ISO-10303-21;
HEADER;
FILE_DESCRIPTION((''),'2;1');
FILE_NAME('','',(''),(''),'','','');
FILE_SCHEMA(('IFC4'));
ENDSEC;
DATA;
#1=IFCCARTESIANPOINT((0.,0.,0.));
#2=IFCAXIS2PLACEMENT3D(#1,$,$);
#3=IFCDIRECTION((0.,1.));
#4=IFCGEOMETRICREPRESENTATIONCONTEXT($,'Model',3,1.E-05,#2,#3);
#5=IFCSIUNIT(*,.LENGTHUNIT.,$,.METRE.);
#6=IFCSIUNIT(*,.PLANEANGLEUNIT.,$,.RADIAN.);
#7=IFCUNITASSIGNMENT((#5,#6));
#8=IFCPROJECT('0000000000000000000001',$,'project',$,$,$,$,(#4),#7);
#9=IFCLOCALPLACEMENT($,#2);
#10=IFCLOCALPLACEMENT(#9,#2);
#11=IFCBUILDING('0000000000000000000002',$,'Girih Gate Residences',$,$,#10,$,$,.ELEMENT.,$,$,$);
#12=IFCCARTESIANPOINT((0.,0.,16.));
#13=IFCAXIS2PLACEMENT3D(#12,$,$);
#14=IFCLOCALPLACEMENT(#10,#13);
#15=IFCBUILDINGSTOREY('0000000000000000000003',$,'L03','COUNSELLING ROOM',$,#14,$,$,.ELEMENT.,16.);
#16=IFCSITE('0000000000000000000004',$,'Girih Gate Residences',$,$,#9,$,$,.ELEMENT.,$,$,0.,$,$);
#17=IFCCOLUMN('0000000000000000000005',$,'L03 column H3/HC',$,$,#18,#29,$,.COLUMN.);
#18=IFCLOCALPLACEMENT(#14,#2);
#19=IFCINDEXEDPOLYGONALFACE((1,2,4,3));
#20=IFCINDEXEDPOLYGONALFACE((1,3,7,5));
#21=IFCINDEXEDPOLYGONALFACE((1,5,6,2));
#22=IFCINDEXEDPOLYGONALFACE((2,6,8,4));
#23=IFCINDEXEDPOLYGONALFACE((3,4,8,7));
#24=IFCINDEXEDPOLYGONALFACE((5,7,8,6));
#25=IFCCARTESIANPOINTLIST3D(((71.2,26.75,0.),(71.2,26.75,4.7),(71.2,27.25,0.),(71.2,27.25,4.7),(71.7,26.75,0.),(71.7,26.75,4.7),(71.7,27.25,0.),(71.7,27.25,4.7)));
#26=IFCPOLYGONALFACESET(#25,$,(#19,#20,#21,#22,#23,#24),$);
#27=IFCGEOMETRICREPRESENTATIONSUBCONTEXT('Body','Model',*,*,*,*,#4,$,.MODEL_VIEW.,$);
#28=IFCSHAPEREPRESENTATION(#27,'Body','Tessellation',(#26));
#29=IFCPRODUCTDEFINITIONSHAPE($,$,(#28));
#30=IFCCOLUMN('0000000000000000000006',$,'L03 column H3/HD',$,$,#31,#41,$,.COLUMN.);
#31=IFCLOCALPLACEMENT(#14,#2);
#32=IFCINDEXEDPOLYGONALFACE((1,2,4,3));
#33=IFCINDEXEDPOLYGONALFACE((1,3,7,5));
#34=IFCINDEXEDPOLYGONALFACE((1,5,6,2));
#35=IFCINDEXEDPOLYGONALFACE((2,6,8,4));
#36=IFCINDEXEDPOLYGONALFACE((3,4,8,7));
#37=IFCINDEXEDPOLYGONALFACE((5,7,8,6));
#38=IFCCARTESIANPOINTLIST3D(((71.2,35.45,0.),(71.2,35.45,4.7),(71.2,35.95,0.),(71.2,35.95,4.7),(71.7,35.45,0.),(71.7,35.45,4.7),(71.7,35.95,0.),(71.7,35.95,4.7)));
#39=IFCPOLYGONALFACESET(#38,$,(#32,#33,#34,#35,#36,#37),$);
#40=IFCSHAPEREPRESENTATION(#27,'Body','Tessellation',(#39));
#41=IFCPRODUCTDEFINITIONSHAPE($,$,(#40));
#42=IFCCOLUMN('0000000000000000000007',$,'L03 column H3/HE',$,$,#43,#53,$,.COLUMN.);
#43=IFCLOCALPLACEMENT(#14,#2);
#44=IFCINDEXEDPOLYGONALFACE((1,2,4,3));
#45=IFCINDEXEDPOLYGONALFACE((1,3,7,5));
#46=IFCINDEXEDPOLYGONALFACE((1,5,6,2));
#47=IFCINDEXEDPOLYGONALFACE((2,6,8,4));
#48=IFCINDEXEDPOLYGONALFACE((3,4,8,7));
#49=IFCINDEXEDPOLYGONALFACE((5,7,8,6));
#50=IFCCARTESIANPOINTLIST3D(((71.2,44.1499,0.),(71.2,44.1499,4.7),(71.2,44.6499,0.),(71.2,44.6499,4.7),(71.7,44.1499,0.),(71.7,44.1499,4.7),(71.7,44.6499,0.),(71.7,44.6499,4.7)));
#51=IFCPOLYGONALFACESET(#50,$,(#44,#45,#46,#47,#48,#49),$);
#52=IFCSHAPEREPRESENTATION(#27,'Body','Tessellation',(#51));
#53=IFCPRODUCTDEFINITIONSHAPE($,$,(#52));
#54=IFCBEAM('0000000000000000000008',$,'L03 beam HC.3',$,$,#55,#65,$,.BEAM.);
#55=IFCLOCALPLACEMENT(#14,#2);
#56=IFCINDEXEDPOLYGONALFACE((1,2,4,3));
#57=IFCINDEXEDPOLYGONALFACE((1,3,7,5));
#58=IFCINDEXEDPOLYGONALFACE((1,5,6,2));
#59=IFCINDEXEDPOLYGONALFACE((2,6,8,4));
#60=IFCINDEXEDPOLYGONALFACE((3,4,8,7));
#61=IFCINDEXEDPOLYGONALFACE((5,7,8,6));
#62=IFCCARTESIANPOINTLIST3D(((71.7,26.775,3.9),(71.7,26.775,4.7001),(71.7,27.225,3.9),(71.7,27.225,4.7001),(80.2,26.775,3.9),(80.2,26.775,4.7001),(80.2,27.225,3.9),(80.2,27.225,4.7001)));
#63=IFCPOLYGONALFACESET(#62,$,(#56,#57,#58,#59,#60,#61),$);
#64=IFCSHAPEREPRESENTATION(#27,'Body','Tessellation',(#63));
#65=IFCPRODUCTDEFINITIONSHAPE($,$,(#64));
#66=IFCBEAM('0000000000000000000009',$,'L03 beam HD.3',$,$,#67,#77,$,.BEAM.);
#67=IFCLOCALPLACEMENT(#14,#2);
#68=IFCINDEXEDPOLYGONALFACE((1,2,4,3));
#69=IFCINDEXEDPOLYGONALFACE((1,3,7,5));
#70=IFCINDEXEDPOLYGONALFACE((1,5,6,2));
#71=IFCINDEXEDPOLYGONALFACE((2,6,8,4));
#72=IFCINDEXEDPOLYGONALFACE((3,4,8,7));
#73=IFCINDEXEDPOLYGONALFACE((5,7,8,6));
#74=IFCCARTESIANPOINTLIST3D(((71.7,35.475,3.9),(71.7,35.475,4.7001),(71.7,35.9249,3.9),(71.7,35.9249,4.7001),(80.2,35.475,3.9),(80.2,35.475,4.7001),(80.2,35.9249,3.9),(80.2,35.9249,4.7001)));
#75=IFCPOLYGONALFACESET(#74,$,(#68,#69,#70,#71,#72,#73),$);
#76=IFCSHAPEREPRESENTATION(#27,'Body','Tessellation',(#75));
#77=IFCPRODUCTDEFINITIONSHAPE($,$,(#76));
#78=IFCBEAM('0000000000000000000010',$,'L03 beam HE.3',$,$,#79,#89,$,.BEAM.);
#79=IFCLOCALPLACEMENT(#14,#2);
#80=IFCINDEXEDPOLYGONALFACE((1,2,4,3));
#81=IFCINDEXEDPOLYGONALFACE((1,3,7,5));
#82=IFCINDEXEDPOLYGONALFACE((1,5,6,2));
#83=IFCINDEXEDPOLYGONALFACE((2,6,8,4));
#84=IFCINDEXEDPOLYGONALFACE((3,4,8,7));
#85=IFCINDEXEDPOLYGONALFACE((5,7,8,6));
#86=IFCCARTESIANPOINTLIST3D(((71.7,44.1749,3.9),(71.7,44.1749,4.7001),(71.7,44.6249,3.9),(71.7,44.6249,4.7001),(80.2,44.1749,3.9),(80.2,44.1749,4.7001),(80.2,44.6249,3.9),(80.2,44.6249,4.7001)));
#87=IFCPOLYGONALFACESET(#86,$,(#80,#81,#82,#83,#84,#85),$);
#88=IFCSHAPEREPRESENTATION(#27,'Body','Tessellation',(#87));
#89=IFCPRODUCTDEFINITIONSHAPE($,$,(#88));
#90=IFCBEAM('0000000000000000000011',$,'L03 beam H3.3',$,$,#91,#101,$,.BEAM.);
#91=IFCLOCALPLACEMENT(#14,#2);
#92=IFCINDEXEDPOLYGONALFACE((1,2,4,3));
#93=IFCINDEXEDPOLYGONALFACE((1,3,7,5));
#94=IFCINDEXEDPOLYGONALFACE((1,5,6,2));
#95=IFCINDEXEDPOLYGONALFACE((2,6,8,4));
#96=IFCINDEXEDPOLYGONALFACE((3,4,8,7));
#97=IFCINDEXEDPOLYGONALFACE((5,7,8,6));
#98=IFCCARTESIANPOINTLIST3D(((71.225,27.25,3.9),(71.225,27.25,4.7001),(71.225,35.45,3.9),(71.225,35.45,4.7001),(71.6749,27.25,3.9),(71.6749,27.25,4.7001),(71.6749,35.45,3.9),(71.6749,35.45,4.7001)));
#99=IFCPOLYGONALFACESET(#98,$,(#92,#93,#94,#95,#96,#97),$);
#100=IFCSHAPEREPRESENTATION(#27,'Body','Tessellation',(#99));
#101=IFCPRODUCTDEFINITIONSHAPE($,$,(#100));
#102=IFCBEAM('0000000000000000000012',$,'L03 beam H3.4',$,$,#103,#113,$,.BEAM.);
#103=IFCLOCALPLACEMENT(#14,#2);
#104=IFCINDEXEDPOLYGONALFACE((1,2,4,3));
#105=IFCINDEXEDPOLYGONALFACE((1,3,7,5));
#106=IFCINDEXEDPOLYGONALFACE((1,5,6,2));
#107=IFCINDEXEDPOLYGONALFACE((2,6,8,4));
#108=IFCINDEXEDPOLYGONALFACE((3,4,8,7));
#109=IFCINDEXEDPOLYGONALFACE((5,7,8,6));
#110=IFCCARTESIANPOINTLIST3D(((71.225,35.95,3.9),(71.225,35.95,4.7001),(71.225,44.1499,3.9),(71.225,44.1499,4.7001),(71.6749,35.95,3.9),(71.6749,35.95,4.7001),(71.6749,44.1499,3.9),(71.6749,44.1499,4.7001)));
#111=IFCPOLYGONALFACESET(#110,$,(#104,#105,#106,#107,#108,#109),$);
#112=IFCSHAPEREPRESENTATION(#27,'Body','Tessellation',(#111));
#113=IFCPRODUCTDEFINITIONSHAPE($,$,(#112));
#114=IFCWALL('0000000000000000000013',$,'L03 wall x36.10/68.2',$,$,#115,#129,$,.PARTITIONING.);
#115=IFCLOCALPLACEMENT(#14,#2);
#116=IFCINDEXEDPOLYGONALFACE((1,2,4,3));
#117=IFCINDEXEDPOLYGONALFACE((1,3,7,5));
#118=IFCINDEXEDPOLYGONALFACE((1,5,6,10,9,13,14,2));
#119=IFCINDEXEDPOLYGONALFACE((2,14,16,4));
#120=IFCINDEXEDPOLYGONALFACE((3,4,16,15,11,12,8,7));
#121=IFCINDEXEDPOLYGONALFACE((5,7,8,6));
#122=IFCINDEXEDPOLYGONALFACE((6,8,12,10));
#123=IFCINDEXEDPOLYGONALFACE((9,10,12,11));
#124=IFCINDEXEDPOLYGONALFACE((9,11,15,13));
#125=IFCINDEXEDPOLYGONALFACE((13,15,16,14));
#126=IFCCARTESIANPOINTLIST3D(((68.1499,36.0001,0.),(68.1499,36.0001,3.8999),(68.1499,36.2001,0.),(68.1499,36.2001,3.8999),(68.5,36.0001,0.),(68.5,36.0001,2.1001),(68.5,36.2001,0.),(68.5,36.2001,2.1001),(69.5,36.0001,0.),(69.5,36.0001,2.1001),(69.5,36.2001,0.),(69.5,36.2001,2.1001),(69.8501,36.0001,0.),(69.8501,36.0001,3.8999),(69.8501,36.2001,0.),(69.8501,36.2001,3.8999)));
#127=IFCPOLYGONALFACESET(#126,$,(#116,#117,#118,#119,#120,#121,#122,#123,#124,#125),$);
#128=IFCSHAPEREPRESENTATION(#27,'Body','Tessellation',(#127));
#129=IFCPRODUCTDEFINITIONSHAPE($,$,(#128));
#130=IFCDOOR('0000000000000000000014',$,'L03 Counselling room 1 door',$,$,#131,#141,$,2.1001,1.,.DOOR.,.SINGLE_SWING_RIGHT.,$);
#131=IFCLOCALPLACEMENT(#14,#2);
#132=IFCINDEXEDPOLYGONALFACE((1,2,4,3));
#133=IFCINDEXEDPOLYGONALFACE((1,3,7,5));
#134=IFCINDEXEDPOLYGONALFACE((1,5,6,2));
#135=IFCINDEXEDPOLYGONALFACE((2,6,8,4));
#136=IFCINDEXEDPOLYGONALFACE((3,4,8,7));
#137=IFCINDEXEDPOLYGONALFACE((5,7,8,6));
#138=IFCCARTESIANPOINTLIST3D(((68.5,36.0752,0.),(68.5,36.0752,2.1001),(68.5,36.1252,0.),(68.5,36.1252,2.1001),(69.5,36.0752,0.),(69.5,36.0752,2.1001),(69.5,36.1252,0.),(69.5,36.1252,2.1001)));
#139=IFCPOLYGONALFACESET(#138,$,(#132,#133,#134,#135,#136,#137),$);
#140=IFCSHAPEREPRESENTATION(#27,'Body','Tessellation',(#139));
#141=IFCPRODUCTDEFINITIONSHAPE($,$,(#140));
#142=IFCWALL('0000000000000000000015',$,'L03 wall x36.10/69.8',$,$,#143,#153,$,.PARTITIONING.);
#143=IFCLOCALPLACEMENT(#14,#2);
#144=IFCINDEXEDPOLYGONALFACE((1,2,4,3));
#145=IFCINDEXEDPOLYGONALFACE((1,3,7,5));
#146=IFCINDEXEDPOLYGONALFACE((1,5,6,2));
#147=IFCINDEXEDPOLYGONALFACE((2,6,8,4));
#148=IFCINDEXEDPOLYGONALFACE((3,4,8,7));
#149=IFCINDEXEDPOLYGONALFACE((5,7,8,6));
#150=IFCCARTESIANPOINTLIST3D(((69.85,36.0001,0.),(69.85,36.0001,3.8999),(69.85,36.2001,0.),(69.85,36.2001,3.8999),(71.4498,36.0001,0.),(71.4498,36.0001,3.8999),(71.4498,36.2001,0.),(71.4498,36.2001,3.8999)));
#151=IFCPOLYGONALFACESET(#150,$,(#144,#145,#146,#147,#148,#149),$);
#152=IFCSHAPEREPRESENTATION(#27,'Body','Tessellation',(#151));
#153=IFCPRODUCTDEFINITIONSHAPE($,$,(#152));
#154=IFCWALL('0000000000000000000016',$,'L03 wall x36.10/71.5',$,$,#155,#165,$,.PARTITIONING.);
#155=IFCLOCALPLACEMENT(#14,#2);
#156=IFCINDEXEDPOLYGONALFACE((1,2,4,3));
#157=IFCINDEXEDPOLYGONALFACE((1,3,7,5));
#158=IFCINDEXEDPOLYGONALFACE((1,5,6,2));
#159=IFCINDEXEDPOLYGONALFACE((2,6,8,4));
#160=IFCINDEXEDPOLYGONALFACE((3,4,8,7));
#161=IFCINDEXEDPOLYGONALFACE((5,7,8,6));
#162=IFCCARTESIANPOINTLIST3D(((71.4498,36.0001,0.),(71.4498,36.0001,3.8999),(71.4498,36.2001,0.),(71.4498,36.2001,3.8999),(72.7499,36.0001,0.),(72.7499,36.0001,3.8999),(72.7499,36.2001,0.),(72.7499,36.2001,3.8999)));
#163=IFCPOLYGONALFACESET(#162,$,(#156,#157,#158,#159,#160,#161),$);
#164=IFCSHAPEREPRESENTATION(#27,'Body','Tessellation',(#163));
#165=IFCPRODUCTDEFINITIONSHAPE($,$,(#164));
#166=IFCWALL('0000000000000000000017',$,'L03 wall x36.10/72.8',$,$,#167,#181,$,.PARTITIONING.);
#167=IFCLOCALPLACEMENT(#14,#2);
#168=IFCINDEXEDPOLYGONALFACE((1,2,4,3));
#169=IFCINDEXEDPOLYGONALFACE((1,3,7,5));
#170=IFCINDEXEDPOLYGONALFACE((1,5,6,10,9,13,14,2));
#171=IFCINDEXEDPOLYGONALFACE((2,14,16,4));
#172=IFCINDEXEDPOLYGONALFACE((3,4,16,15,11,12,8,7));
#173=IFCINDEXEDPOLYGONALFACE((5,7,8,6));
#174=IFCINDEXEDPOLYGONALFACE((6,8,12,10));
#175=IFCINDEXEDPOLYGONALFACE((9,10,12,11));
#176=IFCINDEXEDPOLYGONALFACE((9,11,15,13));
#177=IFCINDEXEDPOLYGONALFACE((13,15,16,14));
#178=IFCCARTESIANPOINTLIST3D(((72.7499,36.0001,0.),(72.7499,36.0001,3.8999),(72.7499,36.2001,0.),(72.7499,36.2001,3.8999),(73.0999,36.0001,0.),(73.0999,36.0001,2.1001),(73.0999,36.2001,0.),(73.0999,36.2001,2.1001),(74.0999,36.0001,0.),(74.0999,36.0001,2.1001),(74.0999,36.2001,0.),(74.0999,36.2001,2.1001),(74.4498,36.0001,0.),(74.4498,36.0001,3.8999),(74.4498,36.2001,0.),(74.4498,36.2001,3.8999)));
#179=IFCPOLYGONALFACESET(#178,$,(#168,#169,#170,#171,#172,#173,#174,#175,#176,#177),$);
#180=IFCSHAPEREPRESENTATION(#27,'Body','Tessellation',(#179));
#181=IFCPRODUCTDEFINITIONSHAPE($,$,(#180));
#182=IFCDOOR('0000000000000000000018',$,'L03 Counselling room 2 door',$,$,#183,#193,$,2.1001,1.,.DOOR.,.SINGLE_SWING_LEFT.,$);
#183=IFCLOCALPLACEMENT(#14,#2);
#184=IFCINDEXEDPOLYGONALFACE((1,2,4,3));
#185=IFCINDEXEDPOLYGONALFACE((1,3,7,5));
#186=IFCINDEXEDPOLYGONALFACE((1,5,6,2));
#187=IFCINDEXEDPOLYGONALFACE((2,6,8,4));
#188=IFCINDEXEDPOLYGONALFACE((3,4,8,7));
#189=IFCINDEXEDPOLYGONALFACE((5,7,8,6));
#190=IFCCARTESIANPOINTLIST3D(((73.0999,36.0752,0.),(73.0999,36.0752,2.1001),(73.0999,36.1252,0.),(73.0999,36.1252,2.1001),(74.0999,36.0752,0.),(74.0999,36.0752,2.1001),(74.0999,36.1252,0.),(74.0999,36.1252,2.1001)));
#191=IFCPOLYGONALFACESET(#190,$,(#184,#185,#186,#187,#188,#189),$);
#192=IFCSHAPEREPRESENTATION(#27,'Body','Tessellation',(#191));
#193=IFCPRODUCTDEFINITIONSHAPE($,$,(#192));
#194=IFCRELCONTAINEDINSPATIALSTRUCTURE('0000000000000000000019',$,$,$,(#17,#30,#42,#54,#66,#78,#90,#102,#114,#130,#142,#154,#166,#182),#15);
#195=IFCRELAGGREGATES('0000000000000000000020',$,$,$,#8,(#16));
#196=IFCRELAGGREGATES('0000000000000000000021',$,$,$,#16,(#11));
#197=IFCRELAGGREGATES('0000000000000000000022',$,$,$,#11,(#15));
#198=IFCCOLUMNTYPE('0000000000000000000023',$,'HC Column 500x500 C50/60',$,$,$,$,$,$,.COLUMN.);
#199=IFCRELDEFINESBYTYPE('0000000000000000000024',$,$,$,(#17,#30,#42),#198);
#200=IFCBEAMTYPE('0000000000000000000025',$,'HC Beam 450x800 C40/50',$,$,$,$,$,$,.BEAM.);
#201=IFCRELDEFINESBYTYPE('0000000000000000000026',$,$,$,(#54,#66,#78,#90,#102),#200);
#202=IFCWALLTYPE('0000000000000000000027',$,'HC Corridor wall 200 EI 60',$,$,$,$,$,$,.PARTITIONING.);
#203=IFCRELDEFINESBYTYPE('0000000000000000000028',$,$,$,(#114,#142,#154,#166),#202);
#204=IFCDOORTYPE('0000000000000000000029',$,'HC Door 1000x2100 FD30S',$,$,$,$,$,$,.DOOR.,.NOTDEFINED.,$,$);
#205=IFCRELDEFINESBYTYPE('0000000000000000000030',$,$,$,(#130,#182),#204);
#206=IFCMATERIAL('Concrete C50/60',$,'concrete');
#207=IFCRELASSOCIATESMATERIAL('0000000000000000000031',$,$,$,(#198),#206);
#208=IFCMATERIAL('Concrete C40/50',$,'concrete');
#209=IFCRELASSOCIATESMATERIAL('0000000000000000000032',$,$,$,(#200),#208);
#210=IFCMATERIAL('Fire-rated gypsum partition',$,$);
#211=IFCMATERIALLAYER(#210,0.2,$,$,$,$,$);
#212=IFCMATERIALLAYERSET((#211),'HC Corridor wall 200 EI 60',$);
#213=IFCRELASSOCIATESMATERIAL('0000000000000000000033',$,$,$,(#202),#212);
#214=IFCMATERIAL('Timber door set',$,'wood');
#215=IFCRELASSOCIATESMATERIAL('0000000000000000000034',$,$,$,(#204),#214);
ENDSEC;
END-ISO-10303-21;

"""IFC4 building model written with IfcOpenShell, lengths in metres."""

from ifc_helpers import new_model, si_unit, direction, frame, frame_2d, origin, origin_2d, place, context, subcontext, project, spatial, rectangle, extrude, material, layer, layer_set, material_profile, profile_set, type_object, element, fill, save


model = new_model("IFC4")

# Units and contexts
model_context = context("Model", 3, precision=1e-05, world=origin(), true_north=direction((0.0, 1.0)))
body_context = subcontext(model_context, "Body", "Model", "MODEL_VIEW")
ifc_project = project(units=[si_unit("LENGTHUNIT", "METRE"), si_unit("PLANEANGLEUNIT", "RADIAN")], contexts=[model_context])

# Site, building, storey
site_placement = place(None, origin())
site = spatial("IfcSite", under=ifc_project, at=site_placement, Name="Girih Gate Residences", CompositionType="ELEMENT", RefElevation=0.0)
building_placement = place(site_placement, origin())
building = spatial("IfcBuilding", under=site, at=building_placement, Name="Girih Gate Residences", CompositionType="ELEMENT")
storey_placement = place(building_placement, frame((0.0, 0.0, 16.0)))
storey = spatial("IfcBuildingStorey", under=building, at=storey_placement, Name="L03", Description="COUNSELLING ROOM", CompositionType="ELEMENT", Elevation=16.0)

# Columns
ifc_material_1 = material(Name="Concrete C50/60", Category="concrete")
ifc_material_profile_1 = material_profile(ifc_material_1, rectangle(XDim=0.5, YDim=0.5, at=origin_2d()))
ifc_profile_set_1 = profile_set([ifc_material_profile_1], Name="Concrete C50/60")
column_type = type_object("IfcColumnType", Name="HC Column 500x500 C50/60", PredefinedType="COLUMN", material=ifc_profile_set_1)
for number, where, z_axis, x_axis, name in (
    (1, (71.45, 27.0, 0.0), (0.0, 0.0, 1.0), (1.0, 0.0, 0.0), "L03 column H3/HC"),
    (2, (71.45, 35.7, 0.0), (0.0, 0.0, 1.0), (1.0, 0.0, 0.0), "L03 column H3/HD"),
    (3, (71.45, 44.3999, 0.0), (0.0, 0.0, 1.0), (1.0, 0.0, 0.0), "L03 column H3/HE"),
):
    element("IfcColumn", number, at=place(storey_placement, frame(where, z_axis=z_axis, x_axis=x_axis)), inside=storey, type_object=column_type, Name=name, PredefinedType="COLUMN", context=body_context, shape_type="SweptSolid", body=[
        extrude(rectangle(XDim=0.5, YDim=0.5, at=origin_2d()), origin(), (0.0, 0.0, 1.0), 4.7),
    ])

# Beams
ifc_material_2 = material(Name="Concrete C40/50", Category="concrete")
ifc_material_profile_2 = material_profile(ifc_material_2, rectangle(XDim=0.45, YDim=0.8, at=origin_2d()))
ifc_profile_set_2 = profile_set([ifc_material_profile_2], Name="Concrete C40/50")
beam_type = type_object("IfcBeamType", Name="HC Beam 450x800 C40/50", PredefinedType="BEAM", material=ifc_profile_set_2)
for number, where, z_axis, x_axis, name in (
    (4, (71.7, 27.0, 4.3), (1.0, 0.0, 0.0), (0.0, 1.0, 0.0), "L03 beam HC.3"),
    (5, (71.7, 35.7, 4.3), (1.0, 0.0, 0.0), (0.0, 1.0, 0.0), "L03 beam HD.3"),
    (6, (71.7, 44.3999, 4.3), (1.0, 0.0, 0.0), (0.0, 1.0, 0.0), "L03 beam HE.3"),
):
    element("IfcBeam", number, at=place(storey_placement, frame(where, z_axis=z_axis, x_axis=x_axis)), inside=storey, type_object=beam_type, Name=name, PredefinedType="BEAM", context=body_context, shape_type="SweptSolid", body=[
        extrude(rectangle(XDim=0.45, YDim=0.8, at=origin_2d()), origin(), (0.0, 0.0, 1.0), 8.5),
    ])
for number, where, z_axis, x_axis, name in (
    (7, (71.45, 27.25, 4.3), (0.0, 1.0, 0.0), (-1.0, 0.0, 0.0), "L03 beam H3.3"),
    (8, (71.45, 35.95, 4.3), (0.0, 1.0, 0.0), (-1.0, 0.0, 0.0), "L03 beam H3.4"),
):
    element("IfcBeam", number, at=place(storey_placement, frame(where, z_axis=z_axis, x_axis=x_axis)), inside=storey, type_object=beam_type, Name=name, PredefinedType="BEAM", context=body_context, shape_type="SweptSolid", body=[
        extrude(rectangle(XDim=0.45, YDim=0.8, at=origin_2d()), origin(), (0.0, 0.0, 1.0), 8.2),
    ])

# Wall, opening, door
ifc_material_3 = material(Name="Fire-rated gypsum partition")
ifc_layer_1 = layer(ifc_material_3, 0.2)
ifc_layer_set_1 = layer_set([ifc_layer_1], Name="HC Corridor wall 200 EI 60")
wall_type_1 = type_object("IfcWallType", Name="HC Corridor wall 200 EI 60", PredefinedType="PARTITIONING", material=ifc_layer_set_1)
wall_1_placement = place(storey_placement, frame((69.8501, 36.1001, 0.0), z_axis=(0.0, 0.0, 1.0), x_axis=(-1.0, 0.0, 0.0)))
wall_1 = element("IfcWall", 9, at=wall_1_placement, inside=storey, type_object=wall_type_1, Name="L03 wall x36.10/68.2", PredefinedType="PARTITIONING", context=body_context, shape_type="SweptSolid", body=[
    extrude(rectangle(XDim=1.7002, YDim=0.2, at=frame_2d((0.8501, 0.0))), origin(), (0.0, 0.0, 1.0), 3.8999),
])
opening_1_placement = place(wall_1_placement, frame((0.3501, 0.0, 0.0)))
opening_1 = element("IfcOpeningElement", 10, at=opening_1_placement, cuts=wall_1, PredefinedType="OPENING", context=body_context, shape_type="SweptSolid", body=[
    extrude(rectangle(XDim=1.0, YDim=2.1001, at=frame_2d((0.5, 1.05))), frame((0.0, 0.1099, 0.0), z_axis=(0.0, -1.0, 0.0), x_axis=(1.0, 0.0, 0.0)), (0.0, 0.0, 1.0), 0.22),
])
ifc_material_4 = material(Name="Timber door set", Category="wood")
door_type_1 = type_object("IfcDoorType", Name="HC Door 1000x2100 FD30S", OperationType="NOTDEFINED", PredefinedType="DOOR", material=ifc_material_4)
door_1_placement = place(opening_1_placement, origin())
door_1 = element("IfcDoor", 11, at=door_1_placement, inside=storey, type_object=door_type_1, Name="L03 Counselling room 1 door", OperationType="SINGLE_SWING_RIGHT", OverallHeight=2.1001, OverallWidth=1.0, PredefinedType="DOOR", context=body_context, shape_type="SweptSolid", body=[
    extrude(rectangle(XDim=1.0, YDim=2.1001, at=frame_2d((0.5, 1.05))), frame((0.0, 0.0249, 0.0), z_axis=(0.0, -1.0, 0.0), x_axis=(1.0, 0.0, 0.0)), (0.0, 0.0, 1.0), 0.05),
])
fill(opening_1, door_1)

# Walls
wall_2_placement = place(storey_placement, frame((69.8501, 36.1001, 0.0), z_axis=(0.0, 0.0, 1.0), x_axis=(1.0, 0.0, 0.0)))
element("IfcWall", 12, at=wall_2_placement, inside=storey, type_object=wall_type_1, Name="L03 wall x36.10/69.8", PredefinedType="PARTITIONING", context=body_context, shape_type="SweptSolid", body=[
    extrude(rectangle(XDim=1.5999, YDim=0.2, at=frame_2d((0.7998, 0.0))), origin(), (0.0, 0.0, 1.0), 3.8999),
])
wall_3_placement = place(storey_placement, frame((71.45, 36.1001, 0.0), z_axis=(0.0, 0.0, 1.0), x_axis=(1.0, 0.0, 0.0)))
element("IfcWall", 13, at=wall_3_placement, inside=storey, type_object=wall_type_1, Name="L03 wall x36.10/71.5", PredefinedType="PARTITIONING", context=body_context, shape_type="SweptSolid", body=[
    extrude(rectangle(XDim=1.3, YDim=0.2, at=frame_2d((0.6499, 0.0))), origin(), (0.0, 0.0, 1.0), 3.8999),
])

# Wall, opening, door
wall_4_placement = place(storey_placement, frame((74.45, 36.1001, 0.0), z_axis=(0.0, 0.0, 1.0), x_axis=(-1.0, 0.0, 0.0)))
wall_4 = element("IfcWall", 14, at=wall_4_placement, inside=storey, type_object=wall_type_1, Name="L03 wall x36.10/72.8", PredefinedType="PARTITIONING", context=body_context, shape_type="SweptSolid", body=[
    extrude(rectangle(XDim=1.7, YDim=0.2, at=frame_2d((0.8501, 0.0))), origin(), (0.0, 0.0, 1.0), 3.8999),
])
opening_2_placement = place(wall_4_placement, frame((0.3501, 0.0, 0.0)))
opening_2 = element("IfcOpeningElement", 15, at=opening_2_placement, cuts=wall_4, PredefinedType="OPENING", context=body_context, shape_type="SweptSolid", body=[
    extrude(rectangle(XDim=1.0, YDim=2.1001, at=frame_2d((0.5, 1.05))), frame((0.0, 0.1099, 0.0), z_axis=(0.0, -1.0, 0.0), x_axis=(1.0, 0.0, 0.0)), (0.0, 0.0, 1.0), 0.22),
])
door_2_placement = place(opening_2_placement, origin())
door_2 = element("IfcDoor", 16, at=door_2_placement, inside=storey, type_object=door_type_1, Name="L03 Counselling room 2 door", OperationType="SINGLE_SWING_LEFT", OverallHeight=2.1001, OverallWidth=1.0, PredefinedType="DOOR", context=body_context, shape_type="SweptSolid", body=[
    extrude(rectangle(XDim=1.0, YDim=2.1001, at=frame_2d((0.5, 1.05))), frame((0.0, 0.0249, 0.0), z_axis=(0.0, -1.0, 0.0), x_axis=(1.0, 0.0, 0.0)), (0.0, 0.0, 1.0), 0.05),
])
fill(opening_2, door_2)

save(model, "model.ifc")
